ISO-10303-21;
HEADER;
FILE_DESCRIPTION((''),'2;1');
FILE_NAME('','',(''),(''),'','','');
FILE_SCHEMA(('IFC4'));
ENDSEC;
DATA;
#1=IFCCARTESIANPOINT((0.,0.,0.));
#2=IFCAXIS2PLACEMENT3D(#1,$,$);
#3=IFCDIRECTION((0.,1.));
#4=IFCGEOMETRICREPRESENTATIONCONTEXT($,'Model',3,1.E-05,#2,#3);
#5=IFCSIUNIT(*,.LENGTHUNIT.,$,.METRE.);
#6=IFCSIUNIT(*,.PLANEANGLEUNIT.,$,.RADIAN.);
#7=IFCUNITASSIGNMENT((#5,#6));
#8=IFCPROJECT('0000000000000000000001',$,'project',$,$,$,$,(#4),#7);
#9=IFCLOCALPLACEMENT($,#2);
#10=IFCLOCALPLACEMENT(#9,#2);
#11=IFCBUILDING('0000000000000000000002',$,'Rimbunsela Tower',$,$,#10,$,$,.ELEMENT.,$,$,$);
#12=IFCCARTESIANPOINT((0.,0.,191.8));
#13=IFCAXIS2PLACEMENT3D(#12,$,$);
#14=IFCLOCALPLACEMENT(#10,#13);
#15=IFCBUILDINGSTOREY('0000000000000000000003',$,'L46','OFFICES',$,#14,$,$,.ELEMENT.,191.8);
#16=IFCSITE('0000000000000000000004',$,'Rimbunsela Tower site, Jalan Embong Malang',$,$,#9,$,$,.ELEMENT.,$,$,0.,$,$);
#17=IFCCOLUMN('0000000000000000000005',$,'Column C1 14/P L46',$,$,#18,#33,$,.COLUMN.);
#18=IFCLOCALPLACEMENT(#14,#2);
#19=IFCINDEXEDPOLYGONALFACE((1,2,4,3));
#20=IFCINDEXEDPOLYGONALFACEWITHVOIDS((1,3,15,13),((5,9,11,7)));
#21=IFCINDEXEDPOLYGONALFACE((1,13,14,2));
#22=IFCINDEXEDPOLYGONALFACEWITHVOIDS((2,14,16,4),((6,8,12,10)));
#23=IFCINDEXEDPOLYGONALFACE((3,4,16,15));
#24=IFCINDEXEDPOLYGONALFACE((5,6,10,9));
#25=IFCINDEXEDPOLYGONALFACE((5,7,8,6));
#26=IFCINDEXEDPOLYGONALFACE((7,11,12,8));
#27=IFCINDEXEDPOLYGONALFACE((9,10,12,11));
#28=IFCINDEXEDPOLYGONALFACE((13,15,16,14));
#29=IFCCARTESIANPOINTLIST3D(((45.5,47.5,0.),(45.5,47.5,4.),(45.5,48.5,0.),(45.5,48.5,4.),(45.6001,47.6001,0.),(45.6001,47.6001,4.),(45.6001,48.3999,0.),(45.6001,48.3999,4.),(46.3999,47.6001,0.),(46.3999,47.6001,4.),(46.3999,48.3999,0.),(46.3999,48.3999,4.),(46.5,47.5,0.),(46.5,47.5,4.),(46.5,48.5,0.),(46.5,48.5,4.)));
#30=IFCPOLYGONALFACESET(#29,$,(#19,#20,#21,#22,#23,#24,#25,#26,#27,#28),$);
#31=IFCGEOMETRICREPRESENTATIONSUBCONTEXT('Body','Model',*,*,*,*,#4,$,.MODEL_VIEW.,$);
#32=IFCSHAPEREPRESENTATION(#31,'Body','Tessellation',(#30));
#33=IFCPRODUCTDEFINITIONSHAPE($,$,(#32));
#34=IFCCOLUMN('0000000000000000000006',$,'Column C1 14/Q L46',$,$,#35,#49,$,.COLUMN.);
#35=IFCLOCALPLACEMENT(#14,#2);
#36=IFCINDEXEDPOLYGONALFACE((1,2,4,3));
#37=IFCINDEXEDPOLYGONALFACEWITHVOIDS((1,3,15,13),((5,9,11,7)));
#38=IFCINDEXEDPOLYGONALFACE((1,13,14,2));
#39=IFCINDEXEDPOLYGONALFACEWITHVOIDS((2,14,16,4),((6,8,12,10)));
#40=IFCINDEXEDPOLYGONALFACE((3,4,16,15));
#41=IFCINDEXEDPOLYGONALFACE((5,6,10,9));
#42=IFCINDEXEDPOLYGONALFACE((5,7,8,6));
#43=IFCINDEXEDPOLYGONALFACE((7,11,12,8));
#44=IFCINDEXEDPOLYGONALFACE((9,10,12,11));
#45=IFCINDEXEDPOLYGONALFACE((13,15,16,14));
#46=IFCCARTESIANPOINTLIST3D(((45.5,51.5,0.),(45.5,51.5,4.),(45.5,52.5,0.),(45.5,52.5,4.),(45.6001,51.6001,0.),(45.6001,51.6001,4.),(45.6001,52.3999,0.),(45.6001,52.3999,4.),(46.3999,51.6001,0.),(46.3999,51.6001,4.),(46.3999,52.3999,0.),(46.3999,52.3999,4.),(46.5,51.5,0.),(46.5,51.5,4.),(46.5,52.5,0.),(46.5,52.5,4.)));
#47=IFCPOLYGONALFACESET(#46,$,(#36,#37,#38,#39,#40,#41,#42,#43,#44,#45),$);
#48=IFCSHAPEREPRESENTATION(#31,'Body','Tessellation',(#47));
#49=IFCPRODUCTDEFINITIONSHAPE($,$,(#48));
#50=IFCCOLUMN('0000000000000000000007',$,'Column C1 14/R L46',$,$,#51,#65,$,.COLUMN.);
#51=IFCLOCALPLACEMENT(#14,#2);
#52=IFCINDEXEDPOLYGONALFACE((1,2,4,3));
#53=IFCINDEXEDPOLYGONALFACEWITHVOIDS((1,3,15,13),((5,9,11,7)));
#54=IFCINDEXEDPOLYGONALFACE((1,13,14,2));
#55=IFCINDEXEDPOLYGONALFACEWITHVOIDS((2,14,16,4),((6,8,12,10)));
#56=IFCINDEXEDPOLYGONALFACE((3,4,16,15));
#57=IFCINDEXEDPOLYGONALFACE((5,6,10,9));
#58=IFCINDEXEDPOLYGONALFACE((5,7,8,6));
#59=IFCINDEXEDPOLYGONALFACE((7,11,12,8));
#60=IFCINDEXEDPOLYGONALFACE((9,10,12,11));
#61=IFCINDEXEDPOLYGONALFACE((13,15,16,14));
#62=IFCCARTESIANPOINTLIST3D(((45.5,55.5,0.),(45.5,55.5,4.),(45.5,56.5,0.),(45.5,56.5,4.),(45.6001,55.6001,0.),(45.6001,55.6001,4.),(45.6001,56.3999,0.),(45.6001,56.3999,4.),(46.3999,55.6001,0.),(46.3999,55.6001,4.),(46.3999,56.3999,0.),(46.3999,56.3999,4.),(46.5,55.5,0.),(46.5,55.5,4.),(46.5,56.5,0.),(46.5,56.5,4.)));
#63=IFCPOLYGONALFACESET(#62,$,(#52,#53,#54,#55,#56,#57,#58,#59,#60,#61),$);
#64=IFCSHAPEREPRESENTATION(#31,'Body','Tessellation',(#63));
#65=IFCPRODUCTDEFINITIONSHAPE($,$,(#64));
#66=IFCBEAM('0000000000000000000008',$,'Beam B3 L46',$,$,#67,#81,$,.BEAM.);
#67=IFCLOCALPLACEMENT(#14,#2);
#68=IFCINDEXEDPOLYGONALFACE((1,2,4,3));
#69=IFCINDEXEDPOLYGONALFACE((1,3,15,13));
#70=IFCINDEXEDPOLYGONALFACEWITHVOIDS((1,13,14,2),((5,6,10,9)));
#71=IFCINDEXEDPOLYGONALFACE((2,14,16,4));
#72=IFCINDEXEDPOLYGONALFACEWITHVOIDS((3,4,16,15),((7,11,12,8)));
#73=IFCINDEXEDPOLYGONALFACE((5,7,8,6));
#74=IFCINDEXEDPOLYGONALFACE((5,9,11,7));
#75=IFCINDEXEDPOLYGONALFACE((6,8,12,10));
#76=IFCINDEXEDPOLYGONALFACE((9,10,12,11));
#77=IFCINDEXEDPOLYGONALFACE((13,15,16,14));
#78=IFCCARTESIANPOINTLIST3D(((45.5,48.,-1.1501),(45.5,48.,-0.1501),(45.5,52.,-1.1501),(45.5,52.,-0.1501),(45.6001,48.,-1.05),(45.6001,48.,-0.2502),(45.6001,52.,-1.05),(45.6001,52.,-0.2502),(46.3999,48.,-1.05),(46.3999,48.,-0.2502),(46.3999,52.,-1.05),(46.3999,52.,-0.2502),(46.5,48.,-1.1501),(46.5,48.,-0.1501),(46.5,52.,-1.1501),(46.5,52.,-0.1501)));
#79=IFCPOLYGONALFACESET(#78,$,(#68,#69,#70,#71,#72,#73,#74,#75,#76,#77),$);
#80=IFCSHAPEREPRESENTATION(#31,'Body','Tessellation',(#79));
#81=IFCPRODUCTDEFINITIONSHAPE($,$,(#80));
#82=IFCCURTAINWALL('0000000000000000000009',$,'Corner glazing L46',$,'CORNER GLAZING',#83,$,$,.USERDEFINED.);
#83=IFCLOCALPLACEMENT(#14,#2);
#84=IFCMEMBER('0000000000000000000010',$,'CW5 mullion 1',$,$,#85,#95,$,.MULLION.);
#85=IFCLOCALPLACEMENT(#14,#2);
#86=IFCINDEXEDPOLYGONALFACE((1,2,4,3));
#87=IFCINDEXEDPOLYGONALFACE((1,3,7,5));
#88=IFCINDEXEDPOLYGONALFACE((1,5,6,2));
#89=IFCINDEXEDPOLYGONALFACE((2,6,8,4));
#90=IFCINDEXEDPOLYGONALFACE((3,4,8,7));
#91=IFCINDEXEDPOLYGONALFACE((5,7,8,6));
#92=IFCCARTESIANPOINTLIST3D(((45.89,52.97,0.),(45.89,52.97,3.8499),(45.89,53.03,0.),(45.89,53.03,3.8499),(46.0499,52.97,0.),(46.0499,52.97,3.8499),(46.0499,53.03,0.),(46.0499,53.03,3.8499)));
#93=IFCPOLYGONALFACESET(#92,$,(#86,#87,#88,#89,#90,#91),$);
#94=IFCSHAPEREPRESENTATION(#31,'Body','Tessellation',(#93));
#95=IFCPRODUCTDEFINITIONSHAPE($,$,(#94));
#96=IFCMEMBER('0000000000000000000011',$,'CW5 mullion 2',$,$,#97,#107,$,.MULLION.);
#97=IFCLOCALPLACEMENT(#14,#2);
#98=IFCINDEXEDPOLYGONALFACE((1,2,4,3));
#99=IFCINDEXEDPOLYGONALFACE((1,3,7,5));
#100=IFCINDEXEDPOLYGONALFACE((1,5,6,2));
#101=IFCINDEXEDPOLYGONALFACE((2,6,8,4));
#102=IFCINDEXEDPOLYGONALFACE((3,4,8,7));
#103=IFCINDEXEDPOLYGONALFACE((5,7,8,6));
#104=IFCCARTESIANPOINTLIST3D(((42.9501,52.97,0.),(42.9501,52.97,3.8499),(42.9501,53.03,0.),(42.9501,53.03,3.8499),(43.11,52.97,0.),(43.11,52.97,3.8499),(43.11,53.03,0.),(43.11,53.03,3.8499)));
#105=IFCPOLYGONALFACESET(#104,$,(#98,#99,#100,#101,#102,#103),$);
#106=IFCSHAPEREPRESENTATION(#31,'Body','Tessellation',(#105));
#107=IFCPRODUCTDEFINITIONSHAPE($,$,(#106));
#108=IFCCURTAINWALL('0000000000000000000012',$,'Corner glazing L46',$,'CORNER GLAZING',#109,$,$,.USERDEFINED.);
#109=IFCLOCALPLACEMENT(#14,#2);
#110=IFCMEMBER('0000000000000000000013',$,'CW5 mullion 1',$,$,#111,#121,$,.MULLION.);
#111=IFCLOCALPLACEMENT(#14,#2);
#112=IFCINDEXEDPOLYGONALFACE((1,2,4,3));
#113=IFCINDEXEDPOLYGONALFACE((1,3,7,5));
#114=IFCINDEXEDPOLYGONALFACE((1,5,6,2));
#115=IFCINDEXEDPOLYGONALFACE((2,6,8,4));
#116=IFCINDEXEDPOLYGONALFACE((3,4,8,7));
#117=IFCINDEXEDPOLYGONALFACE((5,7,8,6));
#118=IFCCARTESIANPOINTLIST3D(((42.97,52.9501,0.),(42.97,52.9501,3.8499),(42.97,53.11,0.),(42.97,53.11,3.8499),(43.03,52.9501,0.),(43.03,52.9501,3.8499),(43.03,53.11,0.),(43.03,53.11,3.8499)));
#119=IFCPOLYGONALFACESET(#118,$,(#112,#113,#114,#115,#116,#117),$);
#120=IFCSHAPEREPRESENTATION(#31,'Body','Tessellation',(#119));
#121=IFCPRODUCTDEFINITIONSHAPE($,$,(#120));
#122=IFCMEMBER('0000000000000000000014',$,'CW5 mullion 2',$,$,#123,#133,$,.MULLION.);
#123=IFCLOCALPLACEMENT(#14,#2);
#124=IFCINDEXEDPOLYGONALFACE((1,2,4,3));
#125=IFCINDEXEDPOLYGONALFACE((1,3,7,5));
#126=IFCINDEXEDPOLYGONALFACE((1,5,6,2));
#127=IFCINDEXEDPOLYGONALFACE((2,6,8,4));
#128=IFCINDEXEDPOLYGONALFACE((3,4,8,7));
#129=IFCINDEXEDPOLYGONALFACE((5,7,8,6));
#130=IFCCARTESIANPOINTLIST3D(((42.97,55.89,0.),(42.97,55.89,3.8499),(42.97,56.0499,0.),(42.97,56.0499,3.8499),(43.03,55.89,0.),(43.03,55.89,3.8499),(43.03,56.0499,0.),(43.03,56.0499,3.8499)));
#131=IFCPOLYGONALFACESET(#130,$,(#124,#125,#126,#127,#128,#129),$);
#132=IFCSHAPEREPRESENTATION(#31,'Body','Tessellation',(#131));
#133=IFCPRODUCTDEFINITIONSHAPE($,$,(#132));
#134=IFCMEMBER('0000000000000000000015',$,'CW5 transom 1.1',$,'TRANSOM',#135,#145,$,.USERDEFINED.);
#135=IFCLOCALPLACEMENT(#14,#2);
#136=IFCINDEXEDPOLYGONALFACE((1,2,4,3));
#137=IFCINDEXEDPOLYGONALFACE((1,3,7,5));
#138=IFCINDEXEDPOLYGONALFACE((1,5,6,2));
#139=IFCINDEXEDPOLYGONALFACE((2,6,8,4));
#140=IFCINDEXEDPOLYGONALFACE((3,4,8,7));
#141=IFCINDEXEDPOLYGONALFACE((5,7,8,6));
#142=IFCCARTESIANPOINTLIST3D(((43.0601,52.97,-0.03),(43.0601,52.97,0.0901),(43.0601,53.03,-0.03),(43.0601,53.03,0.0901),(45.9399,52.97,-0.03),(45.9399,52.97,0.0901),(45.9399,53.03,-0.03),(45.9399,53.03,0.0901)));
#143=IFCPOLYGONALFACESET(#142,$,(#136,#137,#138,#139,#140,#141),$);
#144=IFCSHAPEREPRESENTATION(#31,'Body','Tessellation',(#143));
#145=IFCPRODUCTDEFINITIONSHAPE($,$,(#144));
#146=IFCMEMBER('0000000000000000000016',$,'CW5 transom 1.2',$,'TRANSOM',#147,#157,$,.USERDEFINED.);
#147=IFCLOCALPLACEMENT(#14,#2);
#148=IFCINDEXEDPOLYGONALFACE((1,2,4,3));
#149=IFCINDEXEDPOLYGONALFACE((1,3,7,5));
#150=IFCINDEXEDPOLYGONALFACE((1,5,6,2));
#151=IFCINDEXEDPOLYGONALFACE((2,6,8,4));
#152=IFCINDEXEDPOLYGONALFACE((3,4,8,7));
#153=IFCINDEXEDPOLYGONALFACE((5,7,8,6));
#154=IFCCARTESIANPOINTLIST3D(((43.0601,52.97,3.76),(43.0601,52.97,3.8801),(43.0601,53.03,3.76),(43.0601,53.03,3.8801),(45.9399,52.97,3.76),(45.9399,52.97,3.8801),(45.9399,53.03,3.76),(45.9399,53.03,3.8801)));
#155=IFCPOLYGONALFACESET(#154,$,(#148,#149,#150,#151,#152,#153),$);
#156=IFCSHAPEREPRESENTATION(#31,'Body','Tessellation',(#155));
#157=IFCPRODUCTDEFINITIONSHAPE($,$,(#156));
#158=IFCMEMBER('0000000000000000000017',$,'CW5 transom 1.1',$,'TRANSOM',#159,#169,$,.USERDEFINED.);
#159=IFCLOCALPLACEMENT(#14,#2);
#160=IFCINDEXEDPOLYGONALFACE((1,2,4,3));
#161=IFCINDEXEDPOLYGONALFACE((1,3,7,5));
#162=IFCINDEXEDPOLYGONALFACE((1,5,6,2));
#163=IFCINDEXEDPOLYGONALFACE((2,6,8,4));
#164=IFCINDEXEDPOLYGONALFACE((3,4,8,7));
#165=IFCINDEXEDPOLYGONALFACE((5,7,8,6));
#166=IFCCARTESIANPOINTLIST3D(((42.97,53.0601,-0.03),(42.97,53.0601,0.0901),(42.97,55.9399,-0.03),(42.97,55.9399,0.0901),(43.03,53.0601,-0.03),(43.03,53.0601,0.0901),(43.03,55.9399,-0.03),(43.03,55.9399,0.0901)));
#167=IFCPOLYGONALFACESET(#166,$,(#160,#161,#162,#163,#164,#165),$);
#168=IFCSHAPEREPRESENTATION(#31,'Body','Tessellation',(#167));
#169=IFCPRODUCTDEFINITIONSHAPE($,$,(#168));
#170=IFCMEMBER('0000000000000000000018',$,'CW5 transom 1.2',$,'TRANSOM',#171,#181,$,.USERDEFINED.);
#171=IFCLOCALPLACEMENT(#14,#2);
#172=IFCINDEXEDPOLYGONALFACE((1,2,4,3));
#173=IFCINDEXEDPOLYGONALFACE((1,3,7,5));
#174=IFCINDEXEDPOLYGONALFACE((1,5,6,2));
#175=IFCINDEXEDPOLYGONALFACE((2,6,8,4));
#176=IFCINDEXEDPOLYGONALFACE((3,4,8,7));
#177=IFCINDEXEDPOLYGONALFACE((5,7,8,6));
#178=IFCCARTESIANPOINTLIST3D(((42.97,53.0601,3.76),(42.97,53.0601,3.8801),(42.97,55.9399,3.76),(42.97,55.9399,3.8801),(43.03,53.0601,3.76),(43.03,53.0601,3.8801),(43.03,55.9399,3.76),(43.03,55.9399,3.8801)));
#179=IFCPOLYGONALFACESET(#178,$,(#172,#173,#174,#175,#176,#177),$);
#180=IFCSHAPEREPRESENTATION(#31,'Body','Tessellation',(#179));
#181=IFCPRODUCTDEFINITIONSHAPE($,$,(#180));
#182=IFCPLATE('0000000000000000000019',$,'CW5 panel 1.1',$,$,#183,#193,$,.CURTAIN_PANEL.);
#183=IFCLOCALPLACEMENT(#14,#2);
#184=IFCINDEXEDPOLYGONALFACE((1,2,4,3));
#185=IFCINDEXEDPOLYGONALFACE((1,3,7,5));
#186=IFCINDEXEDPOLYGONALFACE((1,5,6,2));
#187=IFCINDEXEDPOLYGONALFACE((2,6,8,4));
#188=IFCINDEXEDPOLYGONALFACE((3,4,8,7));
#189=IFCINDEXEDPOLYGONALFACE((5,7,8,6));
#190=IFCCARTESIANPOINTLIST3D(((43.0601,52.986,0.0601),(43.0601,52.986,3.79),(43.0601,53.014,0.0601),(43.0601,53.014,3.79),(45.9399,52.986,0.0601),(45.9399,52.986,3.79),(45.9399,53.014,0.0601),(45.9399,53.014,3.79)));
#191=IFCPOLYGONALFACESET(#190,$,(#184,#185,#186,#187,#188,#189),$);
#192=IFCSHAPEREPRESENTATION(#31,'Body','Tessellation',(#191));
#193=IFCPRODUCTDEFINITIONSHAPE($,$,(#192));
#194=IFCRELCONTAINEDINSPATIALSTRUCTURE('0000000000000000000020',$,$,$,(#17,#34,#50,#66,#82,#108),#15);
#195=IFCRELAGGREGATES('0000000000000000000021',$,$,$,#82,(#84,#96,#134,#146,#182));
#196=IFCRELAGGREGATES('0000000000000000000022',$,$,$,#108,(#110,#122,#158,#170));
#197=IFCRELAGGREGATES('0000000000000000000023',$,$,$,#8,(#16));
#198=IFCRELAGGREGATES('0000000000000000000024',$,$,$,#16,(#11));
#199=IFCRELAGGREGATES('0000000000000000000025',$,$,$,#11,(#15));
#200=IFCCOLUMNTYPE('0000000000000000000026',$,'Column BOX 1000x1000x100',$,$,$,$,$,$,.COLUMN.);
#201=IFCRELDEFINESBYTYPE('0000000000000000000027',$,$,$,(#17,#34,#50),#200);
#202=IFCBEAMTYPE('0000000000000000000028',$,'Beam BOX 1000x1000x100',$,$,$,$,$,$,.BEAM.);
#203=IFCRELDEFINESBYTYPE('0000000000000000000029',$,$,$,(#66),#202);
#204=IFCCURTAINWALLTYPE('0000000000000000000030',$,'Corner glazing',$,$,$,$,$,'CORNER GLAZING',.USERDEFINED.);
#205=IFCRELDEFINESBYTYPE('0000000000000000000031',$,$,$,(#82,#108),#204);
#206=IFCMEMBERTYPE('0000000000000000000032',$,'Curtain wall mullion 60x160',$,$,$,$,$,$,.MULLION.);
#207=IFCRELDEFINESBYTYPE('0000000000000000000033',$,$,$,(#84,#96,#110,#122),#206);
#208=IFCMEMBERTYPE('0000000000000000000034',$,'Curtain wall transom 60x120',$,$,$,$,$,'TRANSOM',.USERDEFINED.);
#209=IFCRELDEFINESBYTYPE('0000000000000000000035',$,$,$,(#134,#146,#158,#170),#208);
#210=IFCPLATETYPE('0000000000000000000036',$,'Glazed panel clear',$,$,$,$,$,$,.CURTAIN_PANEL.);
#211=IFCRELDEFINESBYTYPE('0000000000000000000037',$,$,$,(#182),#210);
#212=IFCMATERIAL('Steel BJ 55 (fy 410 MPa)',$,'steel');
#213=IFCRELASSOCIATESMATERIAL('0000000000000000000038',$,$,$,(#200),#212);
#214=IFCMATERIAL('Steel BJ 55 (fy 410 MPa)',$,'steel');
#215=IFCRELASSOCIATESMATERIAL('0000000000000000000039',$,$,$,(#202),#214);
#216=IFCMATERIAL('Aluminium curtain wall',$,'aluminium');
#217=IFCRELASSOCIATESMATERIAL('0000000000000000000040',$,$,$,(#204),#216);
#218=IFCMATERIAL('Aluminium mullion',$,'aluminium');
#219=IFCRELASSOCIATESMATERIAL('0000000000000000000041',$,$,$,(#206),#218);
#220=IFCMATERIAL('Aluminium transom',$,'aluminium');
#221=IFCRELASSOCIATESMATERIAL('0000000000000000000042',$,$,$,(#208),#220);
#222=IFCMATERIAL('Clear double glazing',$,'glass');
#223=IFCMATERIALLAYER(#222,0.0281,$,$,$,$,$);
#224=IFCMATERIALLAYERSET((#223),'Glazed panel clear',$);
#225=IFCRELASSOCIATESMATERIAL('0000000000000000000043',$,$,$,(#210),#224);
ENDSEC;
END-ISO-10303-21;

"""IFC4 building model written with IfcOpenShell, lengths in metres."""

from ifc_helpers import new_model, si_unit, direction, frame, origin, origin_2d, place, context, subcontext, project, spatial, rectangle, hollow_rectangle, extrude, material, layer, layer_set, material_profile, profile_set, type_object, element, aggregate, save


model = new_model("IFC4")

# Units and contexts
model_context = context("Model", 3, precision=1e-05, world=origin(), true_north=direction((0.0, 1.0)))
body_context = subcontext(model_context, "Body", "Model", "MODEL_VIEW")
ifc_project = project(units=[si_unit("LENGTHUNIT", "METRE"), si_unit("PLANEANGLEUNIT", "RADIAN")], contexts=[model_context])

# Site, building, storey
site_placement = place(None, origin())
site = spatial("IfcSite", under=ifc_project, at=site_placement, Name="Rimbunsela Tower site, Jalan Embong Malang", CompositionType="ELEMENT", RefElevation=0.0)
building_placement = place(site_placement, origin())
building = spatial("IfcBuilding", under=site, at=building_placement, Name="Rimbunsela Tower", CompositionType="ELEMENT")
storey_placement = place(building_placement, frame((0.0, 0.0, 191.8)))
storey = spatial("IfcBuildingStorey", under=building, at=storey_placement, Name="L46", Description="OFFICES", CompositionType="ELEMENT", Elevation=191.8)

# Columns
ifc_material_1 = material(Name="Steel BJ 55 (fy 410 MPa)", Category="steel")
ifc_material_profile_1 = material_profile(ifc_material_1, hollow_rectangle(XDim=1.0, YDim=1.0, WallThickness=0.1001, at=origin_2d()), Name="BOX 1000x1000x100")
ifc_profile_set_1 = profile_set([ifc_material_profile_1], Name="Steel BJ 55 (fy 410 MPa)")
column_type = type_object("IfcColumnType", Name="Column BOX 1000x1000x100", PredefinedType="COLUMN", material=ifc_profile_set_1)
for number, where, z_axis, x_axis, name in (
    (1, (46.0, 48.0, 0.0), (0.0, 0.0, 1.0), (1.0, 0.0, 0.0), "Column C1 14/P L46"),
    (2, (46.0, 52.0, 0.0), (0.0, 0.0, 1.0), (1.0, 0.0, 0.0), "Column C1 14/Q L46"),
    (3, (46.0, 56.0, 0.0), (0.0, 0.0, 1.0), (1.0, 0.0, 0.0), "Column C1 14/R L46"),
):
    element("IfcColumn", number, at=place(storey_placement, frame(where, z_axis=z_axis, x_axis=x_axis)), inside=storey, type_object=column_type, Name=name, PredefinedType="COLUMN", context=body_context, shape_type="SweptSolid", body=[
        extrude(hollow_rectangle(XDim=1.0, YDim=1.0, WallThickness=0.1001, at=origin_2d()), origin(), (0.0, 0.0, 1.0), 4.0),
    ])

# Beam
ifc_material_2 = material(Name="Steel BJ 55 (fy 410 MPa)", Category="steel")
ifc_material_profile_2 = material_profile(ifc_material_2, hollow_rectangle(XDim=1.0, YDim=1.0, WallThickness=0.1001, at=origin_2d()), Name="BOX 1000x1000x100")
ifc_profile_set_2 = profile_set([ifc_material_profile_2], Name="Steel BJ 55 (fy 410 MPa)")
beam_type = type_object("IfcBeamType", Name="Beam BOX 1000x1000x100", PredefinedType="BEAM", material=ifc_profile_set_2)
beam_placement = place(storey_placement, frame((46.0, 48.0, -0.6501), z_axis=(0.0, 1.0, 0.0), x_axis=(-1.0, 0.0, 0.0)))
element("IfcBeam", 4, at=beam_placement, inside=storey, type_object=beam_type, Name="Beam B3 L46", PredefinedType="BEAM", context=body_context, shape_type="SweptSolid", body=[
    extrude(hollow_rectangle(XDim=1.0, YDim=1.0, WallThickness=0.1001, at=origin_2d()), origin(), (0.0, 0.0, 1.0), 4.0),
])

# Curtain walls, members
ifc_material_3 = material(Name="Aluminium curtain wall", Category="aluminium")
curtain_wall_type = type_object("IfcCurtainWallType", Name="Corner glazing", ElementType="CORNER GLAZING", PredefinedType="USERDEFINED", material=ifc_material_3)
curtain_wall_1_placement = place(storey_placement, origin())
curtain_wall_1 = element("IfcCurtainWall", 5, at=curtain_wall_1_placement, inside=storey, type_object=curtain_wall_type, Name="Corner glazing L46", ObjectType="CORNER GLAZING", PredefinedType="USERDEFINED")
ifc_material_4 = material(Name="Aluminium mullion", Category="aluminium")
ifc_material_profile_3 = material_profile(ifc_material_4, rectangle(XDim=0.0601, YDim=0.1599, at=origin_2d()), Name="Mullion 60x160")
ifc_profile_set_3 = profile_set([ifc_material_profile_3], Name="Aluminium mullion")
member_type_1 = type_object("IfcMemberType", Name="Curtain wall mullion 60x160", PredefinedType="MULLION", material=ifc_profile_set_3)
member_1_placement = place(storey_placement, frame((45.97, 53.0, 0.0), z_axis=(0.0, 0.0, 1.0), x_axis=(0.0, -1.0, 0.0)))
member_1 = element("IfcMember", 6, at=member_1_placement, type_object=member_type_1, Name="CW5 mullion 1", PredefinedType="MULLION", context=body_context, shape_type="SweptSolid", body=[
    extrude(rectangle(XDim=0.0601, YDim=0.1599, at=origin_2d()), origin(), (0.0, 0.0, 1.0), 3.8499),
])
member_2_placement = place(storey_placement, frame((43.03, 53.0, 0.0), z_axis=(0.0, 0.0, 1.0), x_axis=(0.0, -1.0, 0.0)))
member_2 = element("IfcMember", 7, at=member_2_placement, type_object=member_type_1, Name="CW5 mullion 2", PredefinedType="MULLION", context=body_context, shape_type="SweptSolid", body=[
    extrude(rectangle(XDim=0.0601, YDim=0.1599, at=origin_2d()), origin(), (0.0, 0.0, 1.0), 3.8499),
])
curtain_wall_2_placement = place(storey_placement, origin())
curtain_wall_2 = element("IfcCurtainWall", 8, at=curtain_wall_2_placement, inside=storey, type_object=curtain_wall_type, Name="Corner glazing L46", ObjectType="CORNER GLAZING", PredefinedType="USERDEFINED")
member_3_placement = place(storey_placement, frame((43.0, 53.03, 0.0), z_axis=(0.0, 0.0, 1.0), x_axis=(-1.0, 0.0, 0.0)))
member_3 = element("IfcMember", 9, at=member_3_placement, type_object=member_type_1, Name="CW5 mullion 1", PredefinedType="MULLION", context=body_context, shape_type="SweptSolid", body=[
    extrude(rectangle(XDim=0.0601, YDim=0.1599, at=origin_2d()), origin(), (0.0, 0.0, 1.0), 3.8499),
])
member_4_placement = place(storey_placement, frame((43.0, 55.97, 0.0), z_axis=(0.0, 0.0, 1.0), x_axis=(-1.0, 0.0, 0.0)))
member_4 = element("IfcMember", 10, at=member_4_placement, type_object=member_type_1, Name="CW5 mullion 2", PredefinedType="MULLION", context=body_context, shape_type="SweptSolid", body=[
    extrude(rectangle(XDim=0.0601, YDim=0.1599, at=origin_2d()), origin(), (0.0, 0.0, 1.0), 3.8499),
])

# Members
ifc_material_5 = material(Name="Aluminium transom", Category="aluminium")
ifc_material_profile_4 = material_profile(ifc_material_5, rectangle(XDim=0.0601, YDim=0.1201, at=origin_2d()), Name="Transom 60x120")
ifc_profile_set_4 = profile_set([ifc_material_profile_4], Name="Aluminium transom")
member_type_2 = type_object("IfcMemberType", Name="Curtain wall transom 60x120", ElementType="TRANSOM", PredefinedType="USERDEFINED", material=ifc_profile_set_4)
member_5_placement = place(storey_placement, frame((45.9399, 53.0, 0.03), z_axis=(-1.0, 0.0, 0.0), x_axis=(0.0, -1.0, 0.0)))
member_5 = element("IfcMember", 11, at=member_5_placement, type_object=member_type_2, Name="CW5 transom 1.1", ObjectType="TRANSOM", PredefinedType="USERDEFINED", context=body_context, shape_type="SweptSolid", body=[
    extrude(rectangle(XDim=0.0601, YDim=0.1201, at=origin_2d()), origin(), (0.0, 0.0, 1.0), 2.8799),
])
member_6_placement = place(storey_placement, frame((45.9399, 53.0, 3.8201), z_axis=(-1.0, 0.0, 0.0), x_axis=(0.0, -1.0, 0.0)))
member_6 = element("IfcMember", 12, at=member_6_placement, type_object=member_type_2, Name="CW5 transom 1.2", ObjectType="TRANSOM", PredefinedType="USERDEFINED", context=body_context, shape_type="SweptSolid", body=[
    extrude(rectangle(XDim=0.0601, YDim=0.1201, at=origin_2d()), origin(), (0.0, 0.0, 1.0), 2.8799),
])
member_7_placement = place(storey_placement, frame((43.0, 53.0601, 0.03), z_axis=(0.0, 1.0, 0.0), x_axis=(-1.0, 0.0, 0.0)))
member_7 = element("IfcMember", 13, at=member_7_placement, type_object=member_type_2, Name="CW5 transom 1.1", ObjectType="TRANSOM", PredefinedType="USERDEFINED", context=body_context, shape_type="SweptSolid", body=[
    extrude(rectangle(XDim=0.0601, YDim=0.1201, at=origin_2d()), origin(), (0.0, 0.0, 1.0), 2.8799),
])
member_8_placement = place(storey_placement, frame((43.0, 53.0601, 3.8201), z_axis=(0.0, 1.0, 0.0), x_axis=(-1.0, 0.0, 0.0)))
member_8 = element("IfcMember", 14, at=member_8_placement, type_object=member_type_2, Name="CW5 transom 1.2", ObjectType="TRANSOM", PredefinedType="USERDEFINED", context=body_context, shape_type="SweptSolid", body=[
    extrude(rectangle(XDim=0.0601, YDim=0.1201, at=origin_2d()), origin(), (0.0, 0.0, 1.0), 2.8799),
])

# Plate
ifc_material_6 = material(Name="Clear double glazing", Category="glass")
ifc_layer_1 = layer(ifc_material_6, 0.0281)
ifc_layer_set_1 = layer_set([ifc_layer_1], Name="Glazed panel clear")
plate_type = type_object("IfcPlateType", Name="Glazed panel clear", PredefinedType="CURTAIN_PANEL", material=ifc_layer_set_1)
plate_1_placement = place(storey_placement, frame((44.5, 53.0, 0.0601), z_axis=(0.0, 0.0, 1.0), x_axis=(-1.0, 0.0, 0.0)))
plate_1 = element("IfcPlate", 15, at=plate_1_placement, type_object=plate_type, Name="CW5 panel 1.1", PredefinedType="CURTAIN_PANEL", context=body_context, shape_type="SweptSolid", body=[
    extrude(rectangle(XDim=2.8799, YDim=0.0281, at=origin_2d()), origin(), (0.0, 0.0, 1.0), 3.73),
])
aggregate(curtain_wall_1, [member_1, member_2, member_5, member_6, plate_1])
aggregate(curtain_wall_2, [member_3, member_4, member_7, member_8])

save(model, "model.ifc")
